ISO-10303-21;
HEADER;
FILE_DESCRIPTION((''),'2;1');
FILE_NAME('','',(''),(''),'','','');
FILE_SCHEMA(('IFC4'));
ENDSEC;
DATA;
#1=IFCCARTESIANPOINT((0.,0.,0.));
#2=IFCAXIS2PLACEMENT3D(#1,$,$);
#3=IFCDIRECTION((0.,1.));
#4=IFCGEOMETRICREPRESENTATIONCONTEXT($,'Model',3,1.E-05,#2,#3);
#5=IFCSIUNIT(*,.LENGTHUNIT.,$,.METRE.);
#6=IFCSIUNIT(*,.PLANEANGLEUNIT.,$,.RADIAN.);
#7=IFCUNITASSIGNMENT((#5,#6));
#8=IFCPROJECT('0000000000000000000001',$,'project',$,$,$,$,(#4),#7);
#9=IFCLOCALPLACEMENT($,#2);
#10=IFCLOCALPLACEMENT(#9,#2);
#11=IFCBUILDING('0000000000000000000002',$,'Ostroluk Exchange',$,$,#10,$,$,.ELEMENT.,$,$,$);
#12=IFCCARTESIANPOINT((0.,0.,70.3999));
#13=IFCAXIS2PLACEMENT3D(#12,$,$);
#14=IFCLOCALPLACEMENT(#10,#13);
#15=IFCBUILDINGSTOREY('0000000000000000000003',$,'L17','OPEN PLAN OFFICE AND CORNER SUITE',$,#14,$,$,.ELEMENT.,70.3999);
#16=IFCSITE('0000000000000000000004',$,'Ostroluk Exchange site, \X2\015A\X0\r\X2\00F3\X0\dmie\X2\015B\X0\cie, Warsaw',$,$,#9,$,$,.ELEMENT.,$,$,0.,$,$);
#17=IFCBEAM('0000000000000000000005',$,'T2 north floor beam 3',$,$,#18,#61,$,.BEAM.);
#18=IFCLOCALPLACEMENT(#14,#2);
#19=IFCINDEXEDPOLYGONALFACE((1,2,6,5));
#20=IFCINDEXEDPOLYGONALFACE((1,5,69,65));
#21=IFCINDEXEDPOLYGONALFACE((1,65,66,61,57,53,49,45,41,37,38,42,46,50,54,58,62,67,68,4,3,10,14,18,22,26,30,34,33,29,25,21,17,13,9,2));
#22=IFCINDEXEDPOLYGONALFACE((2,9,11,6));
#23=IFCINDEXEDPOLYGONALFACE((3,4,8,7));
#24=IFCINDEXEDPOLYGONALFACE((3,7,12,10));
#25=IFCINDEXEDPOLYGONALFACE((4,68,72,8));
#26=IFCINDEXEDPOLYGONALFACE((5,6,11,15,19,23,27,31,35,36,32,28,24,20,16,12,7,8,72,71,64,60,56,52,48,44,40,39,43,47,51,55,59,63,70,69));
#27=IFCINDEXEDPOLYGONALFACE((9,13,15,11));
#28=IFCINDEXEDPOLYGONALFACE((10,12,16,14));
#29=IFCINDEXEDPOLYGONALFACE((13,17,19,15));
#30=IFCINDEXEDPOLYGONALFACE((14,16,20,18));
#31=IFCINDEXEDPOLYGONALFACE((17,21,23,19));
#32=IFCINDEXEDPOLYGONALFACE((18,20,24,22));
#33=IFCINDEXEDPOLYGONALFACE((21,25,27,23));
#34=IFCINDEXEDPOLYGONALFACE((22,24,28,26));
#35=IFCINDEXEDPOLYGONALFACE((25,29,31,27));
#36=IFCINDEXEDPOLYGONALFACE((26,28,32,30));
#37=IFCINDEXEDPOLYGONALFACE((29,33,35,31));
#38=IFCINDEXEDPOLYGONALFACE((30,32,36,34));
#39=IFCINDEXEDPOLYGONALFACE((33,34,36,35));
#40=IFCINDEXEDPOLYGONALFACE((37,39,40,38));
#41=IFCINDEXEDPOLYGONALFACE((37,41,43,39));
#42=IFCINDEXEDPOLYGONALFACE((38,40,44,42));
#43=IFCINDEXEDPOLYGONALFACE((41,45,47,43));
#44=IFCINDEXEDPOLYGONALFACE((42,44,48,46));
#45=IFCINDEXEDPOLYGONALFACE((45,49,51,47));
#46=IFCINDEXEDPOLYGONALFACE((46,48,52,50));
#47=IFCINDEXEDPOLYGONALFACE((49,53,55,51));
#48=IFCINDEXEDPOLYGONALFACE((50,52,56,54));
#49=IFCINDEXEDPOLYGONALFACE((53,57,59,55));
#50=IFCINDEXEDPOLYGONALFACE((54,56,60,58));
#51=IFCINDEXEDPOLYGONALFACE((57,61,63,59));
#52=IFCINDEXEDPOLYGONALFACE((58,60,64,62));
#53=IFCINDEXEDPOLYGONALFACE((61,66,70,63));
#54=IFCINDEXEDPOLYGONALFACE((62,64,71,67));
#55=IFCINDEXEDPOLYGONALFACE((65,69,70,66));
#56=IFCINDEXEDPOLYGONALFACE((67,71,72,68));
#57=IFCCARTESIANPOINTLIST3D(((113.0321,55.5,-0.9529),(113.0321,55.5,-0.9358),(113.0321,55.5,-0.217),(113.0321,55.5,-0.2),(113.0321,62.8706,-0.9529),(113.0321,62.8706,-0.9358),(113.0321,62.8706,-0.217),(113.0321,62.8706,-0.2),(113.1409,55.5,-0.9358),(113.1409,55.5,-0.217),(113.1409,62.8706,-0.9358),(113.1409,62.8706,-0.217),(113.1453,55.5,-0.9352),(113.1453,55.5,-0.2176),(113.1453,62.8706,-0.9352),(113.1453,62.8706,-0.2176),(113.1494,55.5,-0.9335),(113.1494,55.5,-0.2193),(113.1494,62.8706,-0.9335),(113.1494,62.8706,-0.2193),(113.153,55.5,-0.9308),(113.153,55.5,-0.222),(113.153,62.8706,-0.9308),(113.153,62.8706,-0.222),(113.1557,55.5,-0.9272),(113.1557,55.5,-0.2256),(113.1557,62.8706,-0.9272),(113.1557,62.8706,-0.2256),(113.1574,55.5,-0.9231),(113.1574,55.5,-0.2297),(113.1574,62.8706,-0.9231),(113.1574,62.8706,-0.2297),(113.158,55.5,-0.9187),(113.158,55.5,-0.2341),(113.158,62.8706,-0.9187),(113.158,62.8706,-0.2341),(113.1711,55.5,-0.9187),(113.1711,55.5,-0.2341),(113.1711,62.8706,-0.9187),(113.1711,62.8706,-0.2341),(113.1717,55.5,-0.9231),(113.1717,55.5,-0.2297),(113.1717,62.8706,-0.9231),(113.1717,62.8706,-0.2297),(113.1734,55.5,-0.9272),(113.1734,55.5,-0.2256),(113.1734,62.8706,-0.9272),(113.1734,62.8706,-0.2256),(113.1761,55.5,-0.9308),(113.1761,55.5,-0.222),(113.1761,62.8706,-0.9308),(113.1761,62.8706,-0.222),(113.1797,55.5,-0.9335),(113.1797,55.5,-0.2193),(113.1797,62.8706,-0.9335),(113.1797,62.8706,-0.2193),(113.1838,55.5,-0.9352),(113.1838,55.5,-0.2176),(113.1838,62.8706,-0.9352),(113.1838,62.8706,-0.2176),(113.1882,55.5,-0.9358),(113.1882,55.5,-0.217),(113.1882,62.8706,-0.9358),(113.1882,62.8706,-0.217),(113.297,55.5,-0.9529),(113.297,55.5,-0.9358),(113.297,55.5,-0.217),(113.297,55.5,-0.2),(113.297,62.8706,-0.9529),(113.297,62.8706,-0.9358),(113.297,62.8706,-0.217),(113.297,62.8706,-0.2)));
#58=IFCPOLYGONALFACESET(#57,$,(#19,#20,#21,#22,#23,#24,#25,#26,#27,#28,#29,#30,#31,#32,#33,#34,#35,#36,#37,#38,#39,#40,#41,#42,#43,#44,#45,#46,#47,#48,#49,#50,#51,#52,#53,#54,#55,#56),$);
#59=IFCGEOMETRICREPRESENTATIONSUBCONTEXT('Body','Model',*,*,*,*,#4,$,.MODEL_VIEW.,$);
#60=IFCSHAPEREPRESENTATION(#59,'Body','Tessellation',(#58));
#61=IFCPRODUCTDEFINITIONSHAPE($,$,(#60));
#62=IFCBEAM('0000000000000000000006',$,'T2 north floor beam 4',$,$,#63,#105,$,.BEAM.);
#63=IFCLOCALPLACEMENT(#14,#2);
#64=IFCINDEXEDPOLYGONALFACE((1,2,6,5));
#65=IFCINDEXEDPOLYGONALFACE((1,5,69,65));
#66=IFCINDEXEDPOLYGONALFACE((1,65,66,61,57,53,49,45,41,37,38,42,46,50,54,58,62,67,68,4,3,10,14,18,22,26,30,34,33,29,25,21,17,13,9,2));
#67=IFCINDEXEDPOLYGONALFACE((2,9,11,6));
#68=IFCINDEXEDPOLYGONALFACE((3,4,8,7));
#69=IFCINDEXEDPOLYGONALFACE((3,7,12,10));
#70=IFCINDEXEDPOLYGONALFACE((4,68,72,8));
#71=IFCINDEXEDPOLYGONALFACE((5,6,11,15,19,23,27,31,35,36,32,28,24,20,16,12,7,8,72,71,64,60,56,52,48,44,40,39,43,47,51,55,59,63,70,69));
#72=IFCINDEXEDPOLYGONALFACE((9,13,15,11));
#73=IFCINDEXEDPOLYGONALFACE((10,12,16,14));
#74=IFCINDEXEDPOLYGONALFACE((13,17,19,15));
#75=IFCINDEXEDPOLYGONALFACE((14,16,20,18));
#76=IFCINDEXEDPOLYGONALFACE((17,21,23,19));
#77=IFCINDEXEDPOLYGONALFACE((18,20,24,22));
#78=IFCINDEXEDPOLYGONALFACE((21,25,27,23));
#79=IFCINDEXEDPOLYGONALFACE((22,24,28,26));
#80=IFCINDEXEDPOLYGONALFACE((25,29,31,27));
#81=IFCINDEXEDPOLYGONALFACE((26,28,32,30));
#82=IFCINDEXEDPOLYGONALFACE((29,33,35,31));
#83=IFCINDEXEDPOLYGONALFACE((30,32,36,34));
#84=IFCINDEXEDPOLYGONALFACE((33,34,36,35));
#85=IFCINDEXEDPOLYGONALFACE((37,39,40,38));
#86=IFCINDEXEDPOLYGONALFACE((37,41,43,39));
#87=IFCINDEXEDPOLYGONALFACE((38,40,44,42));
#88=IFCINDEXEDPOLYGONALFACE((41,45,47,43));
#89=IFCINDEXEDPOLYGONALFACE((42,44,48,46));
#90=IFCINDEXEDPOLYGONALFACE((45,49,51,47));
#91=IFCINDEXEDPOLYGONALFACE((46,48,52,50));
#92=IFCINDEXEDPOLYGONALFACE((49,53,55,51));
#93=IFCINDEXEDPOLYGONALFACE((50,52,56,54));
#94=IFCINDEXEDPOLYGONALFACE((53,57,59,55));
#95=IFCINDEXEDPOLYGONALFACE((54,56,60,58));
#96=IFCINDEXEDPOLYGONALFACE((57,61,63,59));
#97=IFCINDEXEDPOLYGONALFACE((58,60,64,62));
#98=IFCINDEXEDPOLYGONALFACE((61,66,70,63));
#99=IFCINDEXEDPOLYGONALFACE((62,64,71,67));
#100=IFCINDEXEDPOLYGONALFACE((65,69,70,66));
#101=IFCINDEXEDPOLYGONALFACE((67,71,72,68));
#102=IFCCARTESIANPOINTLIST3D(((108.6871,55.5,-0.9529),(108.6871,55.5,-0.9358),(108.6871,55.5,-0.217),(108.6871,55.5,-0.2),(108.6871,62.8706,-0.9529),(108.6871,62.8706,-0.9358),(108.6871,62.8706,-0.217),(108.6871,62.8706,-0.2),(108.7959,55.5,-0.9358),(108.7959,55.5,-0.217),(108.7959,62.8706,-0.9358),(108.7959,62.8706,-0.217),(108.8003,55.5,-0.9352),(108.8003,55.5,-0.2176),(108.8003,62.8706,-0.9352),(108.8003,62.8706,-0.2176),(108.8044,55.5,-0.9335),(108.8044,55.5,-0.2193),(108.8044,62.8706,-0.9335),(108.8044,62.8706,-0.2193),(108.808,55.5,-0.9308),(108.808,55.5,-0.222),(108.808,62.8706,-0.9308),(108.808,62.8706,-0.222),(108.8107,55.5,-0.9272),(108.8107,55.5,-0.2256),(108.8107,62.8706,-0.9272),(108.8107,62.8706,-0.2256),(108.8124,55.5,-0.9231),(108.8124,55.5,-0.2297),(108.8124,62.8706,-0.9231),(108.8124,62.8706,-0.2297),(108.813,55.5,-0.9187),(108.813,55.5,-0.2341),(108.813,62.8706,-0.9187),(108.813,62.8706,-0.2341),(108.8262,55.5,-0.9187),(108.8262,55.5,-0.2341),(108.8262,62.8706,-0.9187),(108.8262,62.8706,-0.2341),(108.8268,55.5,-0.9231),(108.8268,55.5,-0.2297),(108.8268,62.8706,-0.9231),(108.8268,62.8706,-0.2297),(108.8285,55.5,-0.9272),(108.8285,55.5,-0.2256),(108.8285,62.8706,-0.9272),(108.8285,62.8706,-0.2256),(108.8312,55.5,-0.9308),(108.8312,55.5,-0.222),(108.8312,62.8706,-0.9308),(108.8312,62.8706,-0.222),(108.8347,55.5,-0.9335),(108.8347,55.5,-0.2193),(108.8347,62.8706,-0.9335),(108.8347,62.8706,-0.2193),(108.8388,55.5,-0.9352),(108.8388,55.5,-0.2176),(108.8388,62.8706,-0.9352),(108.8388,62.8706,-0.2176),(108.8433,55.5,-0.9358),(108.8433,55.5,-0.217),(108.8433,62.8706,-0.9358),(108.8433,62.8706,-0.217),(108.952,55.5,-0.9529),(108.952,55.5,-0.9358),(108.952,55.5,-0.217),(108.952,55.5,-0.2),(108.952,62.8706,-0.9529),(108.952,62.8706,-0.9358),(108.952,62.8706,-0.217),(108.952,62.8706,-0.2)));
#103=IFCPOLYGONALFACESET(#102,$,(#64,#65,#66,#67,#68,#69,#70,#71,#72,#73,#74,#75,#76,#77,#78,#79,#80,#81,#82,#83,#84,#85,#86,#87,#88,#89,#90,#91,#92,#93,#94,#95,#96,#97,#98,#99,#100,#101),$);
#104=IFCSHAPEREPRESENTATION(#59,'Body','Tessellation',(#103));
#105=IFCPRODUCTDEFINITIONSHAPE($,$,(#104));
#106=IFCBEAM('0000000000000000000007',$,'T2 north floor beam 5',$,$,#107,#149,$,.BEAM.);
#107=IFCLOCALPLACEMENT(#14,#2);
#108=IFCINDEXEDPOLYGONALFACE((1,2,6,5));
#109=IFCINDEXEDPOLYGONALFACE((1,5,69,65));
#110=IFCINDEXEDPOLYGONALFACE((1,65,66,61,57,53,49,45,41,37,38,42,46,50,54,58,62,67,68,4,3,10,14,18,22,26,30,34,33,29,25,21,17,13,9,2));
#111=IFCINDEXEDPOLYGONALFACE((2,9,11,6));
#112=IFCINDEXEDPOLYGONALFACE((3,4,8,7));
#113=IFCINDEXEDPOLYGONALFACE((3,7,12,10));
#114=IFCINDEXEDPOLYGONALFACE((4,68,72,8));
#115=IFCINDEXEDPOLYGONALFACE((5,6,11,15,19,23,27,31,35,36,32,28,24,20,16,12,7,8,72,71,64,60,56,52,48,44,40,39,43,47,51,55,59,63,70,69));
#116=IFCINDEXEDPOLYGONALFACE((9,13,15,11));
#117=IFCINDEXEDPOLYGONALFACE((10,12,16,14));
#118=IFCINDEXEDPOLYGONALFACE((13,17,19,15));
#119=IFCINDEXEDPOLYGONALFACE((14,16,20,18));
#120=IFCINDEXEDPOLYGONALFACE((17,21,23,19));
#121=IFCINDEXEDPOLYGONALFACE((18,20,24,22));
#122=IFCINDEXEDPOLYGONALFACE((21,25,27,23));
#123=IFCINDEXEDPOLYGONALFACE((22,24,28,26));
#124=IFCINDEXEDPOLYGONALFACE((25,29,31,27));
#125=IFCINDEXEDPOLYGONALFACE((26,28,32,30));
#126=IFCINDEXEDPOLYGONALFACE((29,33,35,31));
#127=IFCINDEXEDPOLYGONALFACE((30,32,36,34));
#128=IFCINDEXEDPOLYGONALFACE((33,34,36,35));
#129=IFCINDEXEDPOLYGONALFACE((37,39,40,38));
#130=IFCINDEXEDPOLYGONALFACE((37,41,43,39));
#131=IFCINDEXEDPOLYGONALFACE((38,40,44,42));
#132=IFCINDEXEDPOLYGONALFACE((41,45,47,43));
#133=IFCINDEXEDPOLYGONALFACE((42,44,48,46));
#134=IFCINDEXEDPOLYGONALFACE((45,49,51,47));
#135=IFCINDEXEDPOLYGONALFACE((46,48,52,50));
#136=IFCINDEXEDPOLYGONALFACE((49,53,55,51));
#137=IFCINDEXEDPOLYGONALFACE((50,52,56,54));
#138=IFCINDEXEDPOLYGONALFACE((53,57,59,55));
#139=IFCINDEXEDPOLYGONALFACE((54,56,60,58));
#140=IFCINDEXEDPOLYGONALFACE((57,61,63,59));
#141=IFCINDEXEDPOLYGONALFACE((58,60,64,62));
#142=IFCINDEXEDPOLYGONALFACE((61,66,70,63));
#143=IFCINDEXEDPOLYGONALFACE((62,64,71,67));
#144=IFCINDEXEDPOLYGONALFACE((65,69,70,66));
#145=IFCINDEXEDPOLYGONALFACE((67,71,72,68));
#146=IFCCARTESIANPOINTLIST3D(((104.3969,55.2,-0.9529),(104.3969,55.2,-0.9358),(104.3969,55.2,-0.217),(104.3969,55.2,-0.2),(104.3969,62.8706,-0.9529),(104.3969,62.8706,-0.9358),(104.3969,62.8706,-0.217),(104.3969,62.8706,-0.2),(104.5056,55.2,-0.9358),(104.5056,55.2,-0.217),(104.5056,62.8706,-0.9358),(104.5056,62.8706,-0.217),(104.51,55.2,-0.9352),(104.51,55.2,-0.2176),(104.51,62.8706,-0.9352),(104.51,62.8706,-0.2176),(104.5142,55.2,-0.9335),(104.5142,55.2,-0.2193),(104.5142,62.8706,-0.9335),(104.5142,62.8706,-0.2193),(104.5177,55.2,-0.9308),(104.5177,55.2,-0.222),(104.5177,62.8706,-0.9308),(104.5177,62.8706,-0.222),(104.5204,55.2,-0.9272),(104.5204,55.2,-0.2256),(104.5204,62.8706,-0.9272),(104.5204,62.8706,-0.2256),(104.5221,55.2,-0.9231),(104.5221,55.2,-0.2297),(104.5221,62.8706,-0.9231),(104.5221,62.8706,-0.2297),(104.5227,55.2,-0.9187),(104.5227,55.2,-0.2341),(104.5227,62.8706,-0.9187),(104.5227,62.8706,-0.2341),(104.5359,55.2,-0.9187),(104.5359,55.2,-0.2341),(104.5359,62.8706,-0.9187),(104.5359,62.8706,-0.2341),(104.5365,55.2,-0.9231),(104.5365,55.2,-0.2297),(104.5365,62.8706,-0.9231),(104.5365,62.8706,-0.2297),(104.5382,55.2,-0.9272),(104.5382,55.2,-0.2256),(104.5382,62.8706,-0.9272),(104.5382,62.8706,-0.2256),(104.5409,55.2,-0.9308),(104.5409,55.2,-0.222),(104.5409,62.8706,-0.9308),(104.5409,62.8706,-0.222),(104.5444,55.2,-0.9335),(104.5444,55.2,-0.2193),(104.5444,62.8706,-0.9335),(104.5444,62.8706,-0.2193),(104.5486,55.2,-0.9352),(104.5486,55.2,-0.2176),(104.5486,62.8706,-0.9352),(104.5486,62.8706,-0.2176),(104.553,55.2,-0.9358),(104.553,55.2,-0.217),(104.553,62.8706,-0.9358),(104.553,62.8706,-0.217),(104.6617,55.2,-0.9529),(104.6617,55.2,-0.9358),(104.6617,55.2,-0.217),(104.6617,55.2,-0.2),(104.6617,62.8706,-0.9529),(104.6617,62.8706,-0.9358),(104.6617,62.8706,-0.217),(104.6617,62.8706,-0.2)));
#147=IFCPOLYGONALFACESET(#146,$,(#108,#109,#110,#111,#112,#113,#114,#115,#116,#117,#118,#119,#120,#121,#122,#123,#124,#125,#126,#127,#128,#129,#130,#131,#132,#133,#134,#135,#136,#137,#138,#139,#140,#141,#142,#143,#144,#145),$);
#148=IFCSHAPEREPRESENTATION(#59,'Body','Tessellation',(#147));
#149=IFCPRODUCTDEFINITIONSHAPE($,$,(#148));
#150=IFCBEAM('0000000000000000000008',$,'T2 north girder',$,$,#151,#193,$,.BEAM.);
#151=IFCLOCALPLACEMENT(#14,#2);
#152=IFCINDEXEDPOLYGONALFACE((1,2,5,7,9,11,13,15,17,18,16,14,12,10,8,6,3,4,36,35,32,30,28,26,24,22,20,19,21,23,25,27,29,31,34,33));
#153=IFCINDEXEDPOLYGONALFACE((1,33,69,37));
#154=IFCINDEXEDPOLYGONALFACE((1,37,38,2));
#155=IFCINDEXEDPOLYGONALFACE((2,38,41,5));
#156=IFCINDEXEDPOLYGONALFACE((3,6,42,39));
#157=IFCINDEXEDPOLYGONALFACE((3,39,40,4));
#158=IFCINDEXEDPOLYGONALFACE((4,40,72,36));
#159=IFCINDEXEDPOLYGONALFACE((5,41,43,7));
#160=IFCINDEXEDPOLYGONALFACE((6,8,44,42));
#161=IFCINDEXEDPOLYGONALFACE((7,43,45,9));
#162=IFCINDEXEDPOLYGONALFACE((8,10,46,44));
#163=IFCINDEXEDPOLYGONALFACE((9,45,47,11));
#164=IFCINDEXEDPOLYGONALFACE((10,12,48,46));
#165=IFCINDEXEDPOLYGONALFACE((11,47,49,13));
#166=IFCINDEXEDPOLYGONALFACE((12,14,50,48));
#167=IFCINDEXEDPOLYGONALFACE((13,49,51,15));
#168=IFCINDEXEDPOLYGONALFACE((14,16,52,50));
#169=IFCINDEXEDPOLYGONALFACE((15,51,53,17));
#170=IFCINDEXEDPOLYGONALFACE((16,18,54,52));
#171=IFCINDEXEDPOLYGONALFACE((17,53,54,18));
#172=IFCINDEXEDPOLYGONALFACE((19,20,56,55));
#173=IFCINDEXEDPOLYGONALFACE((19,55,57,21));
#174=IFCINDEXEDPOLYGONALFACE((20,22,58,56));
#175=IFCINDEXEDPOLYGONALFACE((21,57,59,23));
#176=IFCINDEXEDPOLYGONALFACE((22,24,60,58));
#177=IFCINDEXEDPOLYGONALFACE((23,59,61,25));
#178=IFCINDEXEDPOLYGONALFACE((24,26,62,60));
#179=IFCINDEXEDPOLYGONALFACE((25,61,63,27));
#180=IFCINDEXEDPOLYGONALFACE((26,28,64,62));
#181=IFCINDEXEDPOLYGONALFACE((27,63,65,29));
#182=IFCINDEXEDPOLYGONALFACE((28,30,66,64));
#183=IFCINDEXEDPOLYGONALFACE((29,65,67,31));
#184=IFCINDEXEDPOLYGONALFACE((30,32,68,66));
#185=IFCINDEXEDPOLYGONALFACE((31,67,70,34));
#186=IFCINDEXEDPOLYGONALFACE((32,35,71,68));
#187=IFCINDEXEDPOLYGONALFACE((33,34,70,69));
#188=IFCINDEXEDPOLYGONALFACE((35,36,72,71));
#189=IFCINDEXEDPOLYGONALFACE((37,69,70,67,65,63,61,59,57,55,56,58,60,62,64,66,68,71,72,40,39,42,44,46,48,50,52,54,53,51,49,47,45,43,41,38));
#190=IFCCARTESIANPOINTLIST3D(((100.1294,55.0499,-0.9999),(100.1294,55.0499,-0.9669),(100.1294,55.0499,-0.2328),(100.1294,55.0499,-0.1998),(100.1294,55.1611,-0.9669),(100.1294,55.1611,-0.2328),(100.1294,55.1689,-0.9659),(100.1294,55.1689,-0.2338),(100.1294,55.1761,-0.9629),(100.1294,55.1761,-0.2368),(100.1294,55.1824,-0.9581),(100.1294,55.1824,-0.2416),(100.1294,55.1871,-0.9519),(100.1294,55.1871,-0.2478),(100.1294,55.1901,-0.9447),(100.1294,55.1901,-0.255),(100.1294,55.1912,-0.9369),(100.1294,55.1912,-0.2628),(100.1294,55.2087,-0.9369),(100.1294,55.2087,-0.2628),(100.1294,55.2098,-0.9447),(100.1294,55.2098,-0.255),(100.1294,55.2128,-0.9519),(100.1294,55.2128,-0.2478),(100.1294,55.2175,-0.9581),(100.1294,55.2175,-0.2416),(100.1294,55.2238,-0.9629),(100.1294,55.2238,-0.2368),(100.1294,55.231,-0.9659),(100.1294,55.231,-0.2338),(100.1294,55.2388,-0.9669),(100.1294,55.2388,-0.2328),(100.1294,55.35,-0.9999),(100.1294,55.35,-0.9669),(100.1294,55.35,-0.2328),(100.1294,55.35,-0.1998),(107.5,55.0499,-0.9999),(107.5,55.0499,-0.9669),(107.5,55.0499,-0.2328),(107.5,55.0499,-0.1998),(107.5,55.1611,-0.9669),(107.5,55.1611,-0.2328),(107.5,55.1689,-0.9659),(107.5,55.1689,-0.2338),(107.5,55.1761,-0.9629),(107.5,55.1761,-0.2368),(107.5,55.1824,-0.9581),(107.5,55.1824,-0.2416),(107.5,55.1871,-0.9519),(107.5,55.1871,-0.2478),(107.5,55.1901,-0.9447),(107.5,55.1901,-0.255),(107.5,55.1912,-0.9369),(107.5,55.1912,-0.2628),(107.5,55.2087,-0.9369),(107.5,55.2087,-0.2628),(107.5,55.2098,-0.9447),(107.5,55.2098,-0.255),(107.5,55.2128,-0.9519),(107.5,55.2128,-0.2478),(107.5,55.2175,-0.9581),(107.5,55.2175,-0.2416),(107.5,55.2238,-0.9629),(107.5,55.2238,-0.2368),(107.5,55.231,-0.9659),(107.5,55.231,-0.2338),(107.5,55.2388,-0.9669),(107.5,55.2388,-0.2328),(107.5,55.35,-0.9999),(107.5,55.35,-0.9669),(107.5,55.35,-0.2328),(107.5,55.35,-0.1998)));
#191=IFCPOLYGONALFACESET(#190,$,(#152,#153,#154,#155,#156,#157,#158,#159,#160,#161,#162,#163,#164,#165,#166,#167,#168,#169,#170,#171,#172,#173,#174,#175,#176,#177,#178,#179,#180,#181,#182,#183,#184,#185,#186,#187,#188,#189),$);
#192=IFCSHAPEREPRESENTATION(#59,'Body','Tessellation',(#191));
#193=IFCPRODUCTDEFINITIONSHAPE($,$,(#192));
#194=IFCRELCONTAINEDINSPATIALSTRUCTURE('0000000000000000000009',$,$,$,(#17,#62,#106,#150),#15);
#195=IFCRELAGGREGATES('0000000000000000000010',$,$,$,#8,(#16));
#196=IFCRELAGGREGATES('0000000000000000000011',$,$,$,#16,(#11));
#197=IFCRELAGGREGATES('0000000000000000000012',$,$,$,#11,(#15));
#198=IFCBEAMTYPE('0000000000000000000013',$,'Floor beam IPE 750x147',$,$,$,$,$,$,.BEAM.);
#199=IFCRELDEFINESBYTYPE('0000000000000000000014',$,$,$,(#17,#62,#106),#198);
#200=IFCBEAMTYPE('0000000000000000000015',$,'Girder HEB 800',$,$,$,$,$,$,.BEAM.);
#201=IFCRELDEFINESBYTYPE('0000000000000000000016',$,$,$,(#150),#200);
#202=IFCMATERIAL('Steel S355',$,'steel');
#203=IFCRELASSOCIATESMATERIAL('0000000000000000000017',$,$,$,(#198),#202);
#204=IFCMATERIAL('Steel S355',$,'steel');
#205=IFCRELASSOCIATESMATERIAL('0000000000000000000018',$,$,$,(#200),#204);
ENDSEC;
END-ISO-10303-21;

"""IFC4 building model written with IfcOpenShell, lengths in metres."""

from ifc_helpers import new_model, si_unit, direction, frame, origin, origin_2d, place, context, subcontext, project, spatial, i_section, extrude, material, material_profile, profile_set, type_object, element, save


model = new_model("IFC4")

# Units and contexts
model_context = context("Model", 3, precision=1e-05, world=origin(), true_north=direction((0.0, 1.0)))
body_context = subcontext(model_context, "Body", "Model", "MODEL_VIEW")
ifc_project = project(units=[si_unit("LENGTHUNIT", "METRE"), si_unit("PLANEANGLEUNIT", "RADIAN")], contexts=[model_context])

# Site, building, storey
site_placement = place(None, origin())
site = spatial("IfcSite", under=ifc_project, at=site_placement, Name="Ostroluk Exchange site, Śródmieście, Warsaw", CompositionType="ELEMENT", RefElevation=0.0)
building_placement = place(site_placement, origin())
building = spatial("IfcBuilding", under=site, at=building_placement, Name="Ostroluk Exchange", CompositionType="ELEMENT")
storey_placement = place(building_placement, frame((0.0, 0.0, 70.3999)))
storey = spatial("IfcBuildingStorey", under=building, at=storey_placement, Name="L17", Description="OPEN PLAN OFFICE AND CORNER SUITE", CompositionType="ELEMENT", Elevation=70.3999)

# Beams
ifc_material_1 = material(Name="Steel S355", Category="steel")
ifc_material_profile_1 = material_profile(ifc_material_1, i_section(OverallWidth=0.2649, OverallDepth=0.7529, WebThickness=0.0132, FlangeThickness=0.0171, FilletRadius=0.0171, at=origin_2d()), Name="IPE 750x147")
ifc_profile_set_1 = profile_set([ifc_material_profile_1], Name="Steel S355")
beam_type_1 = type_object("IfcBeamType", Name="Floor beam IPE 750x147", PredefinedType="BEAM", material=ifc_profile_set_1)
for number, where, z_axis, x_axis, name in (
    (1, (113.1646, 55.5, -0.5764), (0.0, 1.0, 0.0), (-1.0, 0.0, 0.0), "T2 north floor beam 3"),
    (2, (108.8196, 55.5, -0.5764), (0.0, 1.0, 0.0), (-1.0, 0.0, 0.0), "T2 north floor beam 4"),
):
    element("IfcBeam", number, at=place(storey_placement, frame(where, z_axis=z_axis, x_axis=x_axis)), inside=storey, type_object=beam_type_1, Name=name, PredefinedType="BEAM", context=body_context, shape_type="SweptSolid", body=[
        extrude(i_section(OverallWidth=0.2649, OverallDepth=0.7529, WebThickness=0.0132, FlangeThickness=0.0171, FilletRadius=0.0171, at=origin_2d()), origin(), (0.0, 0.0, 1.0), 7.3706),
    ])
beam_1_placement = place(storey_placement, frame((104.5293, 55.2, -0.5764), z_axis=(0.0, 1.0, 0.0), x_axis=(-1.0, 0.0, 0.0)))
element("IfcBeam", 3, at=beam_1_placement, inside=storey, type_object=beam_type_1, Name="T2 north floor beam 5", PredefinedType="BEAM", context=body_context, shape_type="SweptSolid", body=[
    extrude(i_section(OverallWidth=0.2649, OverallDepth=0.7529, WebThickness=0.0132, FlangeThickness=0.0171, FilletRadius=0.0171, at=origin_2d()), origin(), (0.0, 0.0, 1.0), 7.6707),
])
ifc_material_2 = material(Name="Steel S355", Category="steel")
ifc_material_profile_2 = material_profile(ifc_material_2, i_section(OverallWidth=0.3, OverallDepth=0.8, WebThickness=0.0176, FlangeThickness=0.033, FilletRadius=0.03, at=origin_2d()), Name="HEB 800")
ifc_profile_set_2 = profile_set([ifc_material_profile_2], Name="Steel S355")
beam_type_2 = type_object("IfcBeamType", Name="Girder HEB 800", PredefinedType="BEAM", material=ifc_profile_set_2)
beam_2_placement = place(storey_placement, frame((107.5, 55.2, -0.5999), z_axis=(-1.0, 0.0, 0.0), x_axis=(0.0, -1.0, 0.0)))
element("IfcBeam", 4, at=beam_2_placement, inside=storey, type_object=beam_type_2, Name="T2 north girder", PredefinedType="BEAM", context=body_context, shape_type="SweptSolid", body=[
    extrude(i_section(OverallWidth=0.3, OverallDepth=0.8, WebThickness=0.0176, FlangeThickness=0.033, FilletRadius=0.03, at=origin_2d()), origin(), (0.0, 0.0, 1.0), 7.3706),
])

save(model, "model.ifc")
